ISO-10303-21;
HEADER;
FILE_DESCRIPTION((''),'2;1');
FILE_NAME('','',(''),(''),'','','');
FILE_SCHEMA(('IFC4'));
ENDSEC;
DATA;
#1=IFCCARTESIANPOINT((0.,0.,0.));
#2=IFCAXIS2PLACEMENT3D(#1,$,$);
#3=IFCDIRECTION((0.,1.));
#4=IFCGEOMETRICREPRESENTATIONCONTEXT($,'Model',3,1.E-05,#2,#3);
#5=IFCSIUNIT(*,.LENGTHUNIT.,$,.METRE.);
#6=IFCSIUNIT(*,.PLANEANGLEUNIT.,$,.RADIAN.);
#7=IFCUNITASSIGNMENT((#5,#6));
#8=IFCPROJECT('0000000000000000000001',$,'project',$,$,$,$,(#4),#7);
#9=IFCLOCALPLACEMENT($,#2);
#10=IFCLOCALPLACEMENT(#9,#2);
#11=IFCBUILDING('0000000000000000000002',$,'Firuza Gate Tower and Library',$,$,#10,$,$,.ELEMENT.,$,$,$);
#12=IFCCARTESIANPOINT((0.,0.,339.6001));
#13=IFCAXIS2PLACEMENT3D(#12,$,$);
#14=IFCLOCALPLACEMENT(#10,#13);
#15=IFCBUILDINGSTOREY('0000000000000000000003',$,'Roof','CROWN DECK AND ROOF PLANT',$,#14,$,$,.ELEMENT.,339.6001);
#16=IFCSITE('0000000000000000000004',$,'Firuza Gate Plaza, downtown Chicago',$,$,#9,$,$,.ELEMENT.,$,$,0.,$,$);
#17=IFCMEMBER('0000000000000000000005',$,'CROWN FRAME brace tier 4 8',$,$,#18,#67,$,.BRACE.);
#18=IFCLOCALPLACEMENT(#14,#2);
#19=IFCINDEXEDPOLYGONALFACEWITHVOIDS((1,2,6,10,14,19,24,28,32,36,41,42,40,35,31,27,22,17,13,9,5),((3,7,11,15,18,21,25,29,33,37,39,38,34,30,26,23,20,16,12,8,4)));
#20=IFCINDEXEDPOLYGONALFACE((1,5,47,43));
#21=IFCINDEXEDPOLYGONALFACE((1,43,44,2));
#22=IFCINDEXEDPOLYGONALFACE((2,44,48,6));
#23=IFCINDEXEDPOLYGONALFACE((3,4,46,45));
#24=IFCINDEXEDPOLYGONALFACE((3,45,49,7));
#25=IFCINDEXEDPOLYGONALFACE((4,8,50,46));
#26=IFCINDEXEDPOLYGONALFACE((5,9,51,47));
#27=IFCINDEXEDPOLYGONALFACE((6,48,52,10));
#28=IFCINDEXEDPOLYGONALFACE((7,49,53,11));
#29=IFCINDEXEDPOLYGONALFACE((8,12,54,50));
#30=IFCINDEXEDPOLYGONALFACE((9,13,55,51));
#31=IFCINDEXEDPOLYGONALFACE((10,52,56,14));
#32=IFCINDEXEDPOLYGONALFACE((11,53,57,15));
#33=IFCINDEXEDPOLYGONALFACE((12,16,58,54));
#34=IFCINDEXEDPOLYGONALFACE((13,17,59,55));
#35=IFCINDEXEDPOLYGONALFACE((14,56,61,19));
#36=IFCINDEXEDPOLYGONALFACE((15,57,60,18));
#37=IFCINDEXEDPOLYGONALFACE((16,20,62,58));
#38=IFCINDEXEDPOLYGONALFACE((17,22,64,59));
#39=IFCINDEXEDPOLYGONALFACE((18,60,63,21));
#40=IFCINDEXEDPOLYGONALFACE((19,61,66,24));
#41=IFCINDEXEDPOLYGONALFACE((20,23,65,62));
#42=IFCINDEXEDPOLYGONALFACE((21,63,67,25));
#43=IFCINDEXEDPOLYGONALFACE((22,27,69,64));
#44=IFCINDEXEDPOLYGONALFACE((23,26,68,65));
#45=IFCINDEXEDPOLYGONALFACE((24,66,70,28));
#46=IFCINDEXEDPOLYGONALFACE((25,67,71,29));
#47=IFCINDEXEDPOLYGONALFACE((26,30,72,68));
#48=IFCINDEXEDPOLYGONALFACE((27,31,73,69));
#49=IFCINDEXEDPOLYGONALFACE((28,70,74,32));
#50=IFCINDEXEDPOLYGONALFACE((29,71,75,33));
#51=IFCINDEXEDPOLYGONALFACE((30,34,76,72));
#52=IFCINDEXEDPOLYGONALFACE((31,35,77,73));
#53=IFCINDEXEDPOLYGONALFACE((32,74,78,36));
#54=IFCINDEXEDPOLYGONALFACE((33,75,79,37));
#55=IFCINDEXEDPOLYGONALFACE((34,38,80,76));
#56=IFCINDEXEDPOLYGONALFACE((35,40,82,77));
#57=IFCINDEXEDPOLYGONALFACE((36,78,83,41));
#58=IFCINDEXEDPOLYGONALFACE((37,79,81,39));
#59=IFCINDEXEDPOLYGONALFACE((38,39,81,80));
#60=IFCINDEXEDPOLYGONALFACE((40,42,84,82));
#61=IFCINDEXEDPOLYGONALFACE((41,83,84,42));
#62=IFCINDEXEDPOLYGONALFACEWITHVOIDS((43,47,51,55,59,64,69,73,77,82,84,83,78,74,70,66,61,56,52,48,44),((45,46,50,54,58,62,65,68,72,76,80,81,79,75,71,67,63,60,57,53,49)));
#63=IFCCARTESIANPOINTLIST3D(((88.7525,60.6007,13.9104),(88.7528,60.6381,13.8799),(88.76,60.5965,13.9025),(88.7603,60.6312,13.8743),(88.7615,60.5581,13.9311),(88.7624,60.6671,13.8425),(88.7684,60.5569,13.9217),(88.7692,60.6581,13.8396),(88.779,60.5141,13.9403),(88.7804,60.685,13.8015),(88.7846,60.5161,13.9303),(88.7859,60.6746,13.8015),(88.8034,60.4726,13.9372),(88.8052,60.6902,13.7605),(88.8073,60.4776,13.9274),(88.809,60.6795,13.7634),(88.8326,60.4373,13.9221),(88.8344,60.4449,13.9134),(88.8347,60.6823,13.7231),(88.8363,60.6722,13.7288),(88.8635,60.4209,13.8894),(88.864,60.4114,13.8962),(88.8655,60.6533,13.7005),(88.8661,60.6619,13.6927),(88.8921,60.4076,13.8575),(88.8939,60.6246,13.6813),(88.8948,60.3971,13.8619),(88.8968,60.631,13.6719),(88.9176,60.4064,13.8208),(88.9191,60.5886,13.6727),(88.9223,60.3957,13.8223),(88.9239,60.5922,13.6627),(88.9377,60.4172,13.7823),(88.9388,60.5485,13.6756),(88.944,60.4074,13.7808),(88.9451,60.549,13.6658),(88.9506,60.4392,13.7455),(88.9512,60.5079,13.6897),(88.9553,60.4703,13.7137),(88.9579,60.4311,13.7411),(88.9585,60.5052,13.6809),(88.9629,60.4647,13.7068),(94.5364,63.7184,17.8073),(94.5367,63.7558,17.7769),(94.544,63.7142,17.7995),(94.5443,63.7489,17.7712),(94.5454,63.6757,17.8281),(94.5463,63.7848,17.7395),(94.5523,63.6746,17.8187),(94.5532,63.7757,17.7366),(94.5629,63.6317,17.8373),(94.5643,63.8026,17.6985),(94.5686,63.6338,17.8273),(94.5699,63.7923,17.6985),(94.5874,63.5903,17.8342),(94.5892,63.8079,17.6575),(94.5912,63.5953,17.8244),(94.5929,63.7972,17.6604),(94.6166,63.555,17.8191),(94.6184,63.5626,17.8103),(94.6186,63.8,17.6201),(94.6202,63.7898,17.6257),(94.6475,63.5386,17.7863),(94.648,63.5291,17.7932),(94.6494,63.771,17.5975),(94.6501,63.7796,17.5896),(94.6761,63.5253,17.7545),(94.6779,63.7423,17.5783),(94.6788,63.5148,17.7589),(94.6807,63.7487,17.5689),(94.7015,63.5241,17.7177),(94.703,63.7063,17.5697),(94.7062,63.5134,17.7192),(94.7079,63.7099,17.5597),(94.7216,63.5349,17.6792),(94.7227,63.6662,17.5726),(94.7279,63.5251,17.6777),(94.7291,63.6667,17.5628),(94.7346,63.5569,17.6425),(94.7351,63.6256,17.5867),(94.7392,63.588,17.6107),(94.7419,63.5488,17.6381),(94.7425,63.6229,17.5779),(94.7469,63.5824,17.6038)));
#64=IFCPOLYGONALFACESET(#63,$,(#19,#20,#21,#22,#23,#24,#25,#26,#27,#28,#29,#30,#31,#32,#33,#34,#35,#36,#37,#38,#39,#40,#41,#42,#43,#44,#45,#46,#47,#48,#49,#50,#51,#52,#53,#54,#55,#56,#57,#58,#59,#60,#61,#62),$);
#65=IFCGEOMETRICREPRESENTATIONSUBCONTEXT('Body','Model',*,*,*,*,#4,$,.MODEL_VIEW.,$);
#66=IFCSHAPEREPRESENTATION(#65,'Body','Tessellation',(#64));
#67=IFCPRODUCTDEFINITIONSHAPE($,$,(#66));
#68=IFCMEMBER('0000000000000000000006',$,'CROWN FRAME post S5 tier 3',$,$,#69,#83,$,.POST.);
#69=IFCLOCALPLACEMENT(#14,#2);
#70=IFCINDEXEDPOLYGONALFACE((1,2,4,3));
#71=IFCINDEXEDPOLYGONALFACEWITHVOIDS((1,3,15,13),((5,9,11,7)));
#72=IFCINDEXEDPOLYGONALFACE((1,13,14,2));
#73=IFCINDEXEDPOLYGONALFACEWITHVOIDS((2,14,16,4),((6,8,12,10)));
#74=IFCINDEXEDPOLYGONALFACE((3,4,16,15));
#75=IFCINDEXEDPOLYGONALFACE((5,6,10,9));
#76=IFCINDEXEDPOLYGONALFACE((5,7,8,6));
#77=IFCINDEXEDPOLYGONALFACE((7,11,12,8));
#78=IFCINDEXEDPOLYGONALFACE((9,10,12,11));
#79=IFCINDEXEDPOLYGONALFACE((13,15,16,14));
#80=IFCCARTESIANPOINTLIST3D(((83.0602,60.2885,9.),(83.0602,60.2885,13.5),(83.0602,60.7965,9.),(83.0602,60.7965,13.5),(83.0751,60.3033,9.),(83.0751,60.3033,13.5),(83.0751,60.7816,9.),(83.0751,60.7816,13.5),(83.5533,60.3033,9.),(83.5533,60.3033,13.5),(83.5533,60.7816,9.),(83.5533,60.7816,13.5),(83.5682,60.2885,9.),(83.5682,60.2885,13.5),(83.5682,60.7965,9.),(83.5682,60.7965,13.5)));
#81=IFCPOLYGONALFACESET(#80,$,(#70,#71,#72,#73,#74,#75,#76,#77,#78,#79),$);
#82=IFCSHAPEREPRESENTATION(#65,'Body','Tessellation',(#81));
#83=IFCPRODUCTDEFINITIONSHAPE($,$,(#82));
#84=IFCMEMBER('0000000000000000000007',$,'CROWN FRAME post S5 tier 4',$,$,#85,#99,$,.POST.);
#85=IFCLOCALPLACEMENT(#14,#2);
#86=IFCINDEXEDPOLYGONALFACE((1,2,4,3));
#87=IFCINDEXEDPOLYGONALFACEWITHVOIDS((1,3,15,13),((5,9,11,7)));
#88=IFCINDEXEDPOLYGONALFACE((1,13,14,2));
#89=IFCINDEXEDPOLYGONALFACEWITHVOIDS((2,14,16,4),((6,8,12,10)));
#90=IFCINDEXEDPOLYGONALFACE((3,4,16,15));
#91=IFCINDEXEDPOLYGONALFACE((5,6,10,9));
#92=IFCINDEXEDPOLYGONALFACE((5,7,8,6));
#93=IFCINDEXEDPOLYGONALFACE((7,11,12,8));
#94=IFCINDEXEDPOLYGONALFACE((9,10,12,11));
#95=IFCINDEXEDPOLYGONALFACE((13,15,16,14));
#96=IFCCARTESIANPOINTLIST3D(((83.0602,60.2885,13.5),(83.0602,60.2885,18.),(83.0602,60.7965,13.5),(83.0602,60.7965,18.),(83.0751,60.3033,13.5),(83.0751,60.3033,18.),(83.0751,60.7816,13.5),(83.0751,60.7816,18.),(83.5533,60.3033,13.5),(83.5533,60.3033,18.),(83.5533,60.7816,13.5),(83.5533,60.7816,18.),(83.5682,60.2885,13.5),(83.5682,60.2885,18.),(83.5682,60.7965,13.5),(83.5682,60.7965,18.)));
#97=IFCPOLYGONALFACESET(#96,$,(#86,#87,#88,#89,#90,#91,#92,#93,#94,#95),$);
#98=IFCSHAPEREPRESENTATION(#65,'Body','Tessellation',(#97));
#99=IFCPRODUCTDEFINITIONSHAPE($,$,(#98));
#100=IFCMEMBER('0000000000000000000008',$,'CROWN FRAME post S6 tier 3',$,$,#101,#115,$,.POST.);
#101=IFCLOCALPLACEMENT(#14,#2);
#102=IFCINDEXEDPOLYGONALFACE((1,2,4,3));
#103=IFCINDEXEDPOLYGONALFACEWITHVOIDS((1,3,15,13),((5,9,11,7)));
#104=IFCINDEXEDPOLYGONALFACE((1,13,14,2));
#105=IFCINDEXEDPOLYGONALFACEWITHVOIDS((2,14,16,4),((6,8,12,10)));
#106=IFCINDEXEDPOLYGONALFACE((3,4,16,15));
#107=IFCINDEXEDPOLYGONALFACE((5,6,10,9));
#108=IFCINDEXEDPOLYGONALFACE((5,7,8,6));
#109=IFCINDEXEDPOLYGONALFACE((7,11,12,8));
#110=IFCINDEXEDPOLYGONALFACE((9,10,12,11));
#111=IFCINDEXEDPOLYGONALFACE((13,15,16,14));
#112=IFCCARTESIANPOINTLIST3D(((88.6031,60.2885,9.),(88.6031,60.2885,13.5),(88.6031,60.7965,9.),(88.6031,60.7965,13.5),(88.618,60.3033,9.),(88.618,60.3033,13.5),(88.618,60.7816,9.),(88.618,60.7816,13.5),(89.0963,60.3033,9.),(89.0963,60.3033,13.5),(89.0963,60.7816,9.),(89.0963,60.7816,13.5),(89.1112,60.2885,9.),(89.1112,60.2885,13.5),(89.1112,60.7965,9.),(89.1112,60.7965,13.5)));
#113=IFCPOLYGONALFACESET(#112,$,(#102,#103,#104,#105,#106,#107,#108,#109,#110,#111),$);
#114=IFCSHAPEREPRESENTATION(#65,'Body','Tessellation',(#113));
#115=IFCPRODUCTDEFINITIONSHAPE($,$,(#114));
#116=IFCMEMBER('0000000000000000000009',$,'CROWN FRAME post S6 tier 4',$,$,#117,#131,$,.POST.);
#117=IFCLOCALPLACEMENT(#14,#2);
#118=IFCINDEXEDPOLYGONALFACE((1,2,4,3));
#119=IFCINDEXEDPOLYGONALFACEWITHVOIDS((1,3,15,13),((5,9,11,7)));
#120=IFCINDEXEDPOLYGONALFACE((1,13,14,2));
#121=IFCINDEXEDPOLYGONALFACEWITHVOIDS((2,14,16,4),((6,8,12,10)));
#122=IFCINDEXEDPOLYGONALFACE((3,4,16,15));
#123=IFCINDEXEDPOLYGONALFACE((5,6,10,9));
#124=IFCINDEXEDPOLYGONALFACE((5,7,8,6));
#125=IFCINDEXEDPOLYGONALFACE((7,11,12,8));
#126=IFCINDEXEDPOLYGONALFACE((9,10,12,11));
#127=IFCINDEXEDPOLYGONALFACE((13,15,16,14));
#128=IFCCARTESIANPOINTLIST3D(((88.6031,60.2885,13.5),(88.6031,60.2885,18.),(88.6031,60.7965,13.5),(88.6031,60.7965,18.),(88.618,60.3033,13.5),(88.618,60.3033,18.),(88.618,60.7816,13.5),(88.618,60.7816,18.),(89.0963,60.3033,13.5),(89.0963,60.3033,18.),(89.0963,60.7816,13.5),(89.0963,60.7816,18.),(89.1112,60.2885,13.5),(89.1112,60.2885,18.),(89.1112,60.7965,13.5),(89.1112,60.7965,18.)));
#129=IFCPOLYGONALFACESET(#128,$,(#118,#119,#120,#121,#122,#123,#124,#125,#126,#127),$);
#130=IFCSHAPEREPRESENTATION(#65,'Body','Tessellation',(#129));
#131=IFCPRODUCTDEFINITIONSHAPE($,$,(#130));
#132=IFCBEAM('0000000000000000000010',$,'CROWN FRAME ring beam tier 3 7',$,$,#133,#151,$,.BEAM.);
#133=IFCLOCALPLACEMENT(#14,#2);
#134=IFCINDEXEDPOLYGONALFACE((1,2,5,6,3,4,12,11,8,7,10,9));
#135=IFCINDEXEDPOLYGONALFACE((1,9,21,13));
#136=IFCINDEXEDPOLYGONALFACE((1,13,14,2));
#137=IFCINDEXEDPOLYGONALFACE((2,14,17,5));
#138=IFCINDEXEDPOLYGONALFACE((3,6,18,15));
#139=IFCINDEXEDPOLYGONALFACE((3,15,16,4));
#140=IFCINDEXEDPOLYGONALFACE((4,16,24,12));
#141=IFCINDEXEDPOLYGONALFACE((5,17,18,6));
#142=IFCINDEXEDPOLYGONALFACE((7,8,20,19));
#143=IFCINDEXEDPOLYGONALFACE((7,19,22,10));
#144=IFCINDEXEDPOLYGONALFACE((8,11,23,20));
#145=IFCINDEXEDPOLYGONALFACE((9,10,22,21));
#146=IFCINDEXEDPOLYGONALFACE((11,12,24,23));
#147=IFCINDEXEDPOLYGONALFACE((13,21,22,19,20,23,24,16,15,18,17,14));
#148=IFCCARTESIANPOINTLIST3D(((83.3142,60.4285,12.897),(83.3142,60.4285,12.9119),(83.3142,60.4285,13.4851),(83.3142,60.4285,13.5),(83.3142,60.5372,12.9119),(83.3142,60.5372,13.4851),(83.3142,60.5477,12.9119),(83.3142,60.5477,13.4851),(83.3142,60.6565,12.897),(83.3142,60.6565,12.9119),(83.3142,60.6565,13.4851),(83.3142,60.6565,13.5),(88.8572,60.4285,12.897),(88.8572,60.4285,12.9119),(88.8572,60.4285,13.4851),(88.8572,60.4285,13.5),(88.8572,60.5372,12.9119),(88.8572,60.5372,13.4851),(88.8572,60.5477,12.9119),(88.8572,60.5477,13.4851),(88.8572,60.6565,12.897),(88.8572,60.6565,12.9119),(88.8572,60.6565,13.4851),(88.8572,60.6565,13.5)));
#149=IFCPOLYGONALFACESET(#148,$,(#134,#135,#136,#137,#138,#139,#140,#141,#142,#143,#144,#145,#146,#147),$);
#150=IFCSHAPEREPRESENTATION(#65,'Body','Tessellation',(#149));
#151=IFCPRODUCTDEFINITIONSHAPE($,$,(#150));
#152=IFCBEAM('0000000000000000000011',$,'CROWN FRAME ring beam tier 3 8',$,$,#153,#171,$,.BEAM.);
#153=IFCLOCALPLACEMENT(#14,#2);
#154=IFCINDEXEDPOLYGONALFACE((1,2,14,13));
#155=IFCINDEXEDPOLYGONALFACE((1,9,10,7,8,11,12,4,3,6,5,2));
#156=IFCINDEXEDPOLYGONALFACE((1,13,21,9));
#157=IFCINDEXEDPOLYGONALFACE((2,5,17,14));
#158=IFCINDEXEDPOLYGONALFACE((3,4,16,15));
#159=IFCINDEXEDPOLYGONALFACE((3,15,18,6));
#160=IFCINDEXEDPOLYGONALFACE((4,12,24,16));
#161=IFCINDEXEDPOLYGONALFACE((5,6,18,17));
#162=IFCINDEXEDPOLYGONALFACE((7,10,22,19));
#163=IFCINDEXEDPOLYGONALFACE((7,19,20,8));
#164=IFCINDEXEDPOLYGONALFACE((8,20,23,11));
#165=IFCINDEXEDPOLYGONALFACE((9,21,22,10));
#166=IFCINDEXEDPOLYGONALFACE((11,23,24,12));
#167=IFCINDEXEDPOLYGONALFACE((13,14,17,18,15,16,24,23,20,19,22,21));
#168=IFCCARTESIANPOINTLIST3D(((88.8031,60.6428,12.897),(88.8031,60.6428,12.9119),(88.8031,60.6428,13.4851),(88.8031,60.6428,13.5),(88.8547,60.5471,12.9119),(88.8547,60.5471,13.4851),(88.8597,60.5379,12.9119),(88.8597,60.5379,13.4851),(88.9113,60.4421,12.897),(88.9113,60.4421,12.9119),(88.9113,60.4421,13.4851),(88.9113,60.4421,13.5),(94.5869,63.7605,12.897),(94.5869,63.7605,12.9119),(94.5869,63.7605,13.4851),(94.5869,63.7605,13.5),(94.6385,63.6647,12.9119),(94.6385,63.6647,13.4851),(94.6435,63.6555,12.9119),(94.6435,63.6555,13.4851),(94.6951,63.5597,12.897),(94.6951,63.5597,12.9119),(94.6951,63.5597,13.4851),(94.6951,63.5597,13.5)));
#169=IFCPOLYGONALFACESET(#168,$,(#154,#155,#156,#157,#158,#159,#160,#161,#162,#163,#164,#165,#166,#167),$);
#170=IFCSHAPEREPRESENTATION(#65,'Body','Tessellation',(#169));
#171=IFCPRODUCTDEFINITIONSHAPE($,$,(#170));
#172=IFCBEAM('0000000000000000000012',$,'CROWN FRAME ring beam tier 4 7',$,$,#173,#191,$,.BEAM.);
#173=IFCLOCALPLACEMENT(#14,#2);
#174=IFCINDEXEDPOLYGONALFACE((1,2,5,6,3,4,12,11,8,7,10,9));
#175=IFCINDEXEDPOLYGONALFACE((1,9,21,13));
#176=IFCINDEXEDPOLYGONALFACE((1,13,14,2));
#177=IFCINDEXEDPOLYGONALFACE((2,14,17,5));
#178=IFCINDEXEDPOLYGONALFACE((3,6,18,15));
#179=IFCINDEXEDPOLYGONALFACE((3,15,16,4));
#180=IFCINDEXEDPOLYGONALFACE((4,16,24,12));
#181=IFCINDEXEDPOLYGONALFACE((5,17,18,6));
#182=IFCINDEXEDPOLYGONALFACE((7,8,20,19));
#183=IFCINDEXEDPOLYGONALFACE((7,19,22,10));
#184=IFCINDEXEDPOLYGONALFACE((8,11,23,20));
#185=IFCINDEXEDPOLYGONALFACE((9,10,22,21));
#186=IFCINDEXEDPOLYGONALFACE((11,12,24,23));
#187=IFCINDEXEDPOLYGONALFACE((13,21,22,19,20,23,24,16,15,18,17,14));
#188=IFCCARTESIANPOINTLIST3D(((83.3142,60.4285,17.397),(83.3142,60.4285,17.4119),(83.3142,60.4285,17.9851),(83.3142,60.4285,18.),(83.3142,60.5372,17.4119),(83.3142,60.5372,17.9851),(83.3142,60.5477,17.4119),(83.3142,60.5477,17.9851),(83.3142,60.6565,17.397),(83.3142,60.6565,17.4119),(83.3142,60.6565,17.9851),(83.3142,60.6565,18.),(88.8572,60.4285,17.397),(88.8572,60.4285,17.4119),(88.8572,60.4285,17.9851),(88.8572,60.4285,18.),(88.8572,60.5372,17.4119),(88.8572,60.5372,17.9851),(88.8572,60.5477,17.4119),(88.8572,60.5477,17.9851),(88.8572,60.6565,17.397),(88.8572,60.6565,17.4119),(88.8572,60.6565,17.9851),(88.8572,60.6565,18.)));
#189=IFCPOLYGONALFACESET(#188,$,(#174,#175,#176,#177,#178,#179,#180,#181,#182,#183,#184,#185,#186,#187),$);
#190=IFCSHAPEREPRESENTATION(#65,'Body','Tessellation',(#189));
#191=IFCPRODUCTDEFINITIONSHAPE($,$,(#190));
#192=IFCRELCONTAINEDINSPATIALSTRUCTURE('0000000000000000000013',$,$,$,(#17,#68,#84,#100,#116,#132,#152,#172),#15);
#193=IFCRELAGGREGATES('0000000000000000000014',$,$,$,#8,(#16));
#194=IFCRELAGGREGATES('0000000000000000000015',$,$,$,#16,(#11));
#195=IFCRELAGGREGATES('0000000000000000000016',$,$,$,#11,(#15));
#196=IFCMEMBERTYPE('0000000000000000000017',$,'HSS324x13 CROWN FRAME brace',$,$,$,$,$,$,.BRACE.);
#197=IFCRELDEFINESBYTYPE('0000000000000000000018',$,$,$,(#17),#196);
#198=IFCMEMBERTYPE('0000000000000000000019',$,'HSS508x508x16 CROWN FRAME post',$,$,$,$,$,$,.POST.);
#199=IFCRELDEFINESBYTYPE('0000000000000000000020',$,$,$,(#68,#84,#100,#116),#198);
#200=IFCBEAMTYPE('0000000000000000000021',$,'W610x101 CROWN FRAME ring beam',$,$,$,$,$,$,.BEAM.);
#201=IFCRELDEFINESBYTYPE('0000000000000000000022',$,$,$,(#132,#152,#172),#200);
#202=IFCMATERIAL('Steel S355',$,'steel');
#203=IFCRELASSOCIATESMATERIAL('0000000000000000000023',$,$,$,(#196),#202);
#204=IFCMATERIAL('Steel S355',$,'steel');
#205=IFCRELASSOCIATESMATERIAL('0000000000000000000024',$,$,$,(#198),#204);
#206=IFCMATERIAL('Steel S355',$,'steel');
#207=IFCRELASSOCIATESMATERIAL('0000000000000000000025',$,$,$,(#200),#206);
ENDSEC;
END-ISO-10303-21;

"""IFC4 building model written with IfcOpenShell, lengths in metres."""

from ifc_helpers import new_model, si_unit, direction, frame, origin, origin_2d, place, context, subcontext, project, spatial, hollow_rectangle, hollow_circle, i_section, extrude, material, material_profile, profile_set, type_object, element, save


model = new_model("IFC4")

# Units and contexts
model_context = context("Model", 3, precision=1e-05, world=origin(), true_north=direction((0.0, 1.0)))
body_context = subcontext(model_context, "Body", "Model", "MODEL_VIEW")
ifc_project = project(units=[si_unit("LENGTHUNIT", "METRE"), si_unit("PLANEANGLEUNIT", "RADIAN")], contexts=[model_context])

# Site, building, storey
site_placement = place(None, origin())
site = spatial("IfcSite", under=ifc_project, at=site_placement, Name="Firuza Gate Plaza, downtown Chicago", CompositionType="ELEMENT", RefElevation=0.0)
building_placement = place(site_placement, origin())
building = spatial("IfcBuilding", under=site, at=building_placement, Name="Firuza Gate Tower and Library", CompositionType="ELEMENT")
storey_placement = place(building_placement, frame((0.0, 0.0, 339.6001)))
storey = spatial("IfcBuildingStorey", under=building, at=storey_placement, Name="Roof", Description="CROWN DECK AND ROOF PLANT", CompositionType="ELEMENT", Elevation=339.6001)

# Members
ifc_material_1 = material(Name="Steel S355", Category="steel")
ifc_material_profile_1 = material_profile(ifc_material_1, hollow_circle(Radius=0.1619, WallThickness=0.0117, at=origin_2d()))
ifc_profile_set_1 = profile_set([ifc_material_profile_1], Name="Steel S355")
member_type_1 = type_object("IfcMemberType", Name="HSS324x13 CROWN FRAME brace", PredefinedType="BRACE", material=ifc_profile_set_1)
member_1_placement = place(storey_placement, frame((88.8572, 60.5425, 13.8015), z_axis=(0.757121, 0.408106, 0.510116), x_axis=(-0.474483, 0.880265, 0.0)))
element("IfcMember", 1, at=member_1_placement, inside=storey, type_object=member_type_1, Name="CROWN FRAME brace tier 4 8", PredefinedType="BRACE", context=body_context, shape_type="SweptSolid", body=[
    extrude(hollow_circle(Radius=0.1619, WallThickness=0.0117, at=origin_2d()), origin(), (0.0, 0.0, 1.0), 7.6394),
])
ifc_material_2 = material(Name="Steel S355", Category="steel")
ifc_material_profile_2 = material_profile(ifc_material_2, hollow_rectangle(XDim=0.5081, YDim=0.5081, WallThickness=0.0149, at=origin_2d()))
ifc_profile_set_2 = profile_set([ifc_material_profile_2], Name="Steel S355")
member_type_2 = type_object("IfcMemberType", Name="HSS508x508x16 CROWN FRAME post", PredefinedType="POST", material=ifc_profile_set_2)
for number, where, z_axis, x_axis, name in (
    (2, (83.3142, 60.5425, 9.0), (0.0, 0.0, 1.0), (1.0, 0.0, 0.0), "CROWN FRAME post S5 tier 3"),
    (3, (83.3142, 60.5425, 13.5), (0.0, 0.0, 1.0), (1.0, 0.0, 0.0), "CROWN FRAME post S5 tier 4"),
    (4, (88.8572, 60.5425, 9.0), (0.0, 0.0, 1.0), (1.0, 0.0, 0.0), "CROWN FRAME post S6 tier 3"),
    (5, (88.8572, 60.5425, 13.5), (0.0, 0.0, 1.0), (1.0, 0.0, 0.0), "CROWN FRAME post S6 tier 4"),
):
    element("IfcMember", number, at=place(storey_placement, frame(where, z_axis=z_axis, x_axis=x_axis)), inside=storey, type_object=member_type_2, Name=name, PredefinedType="POST", context=body_context, shape_type="SweptSolid", body=[
        extrude(hollow_rectangle(XDim=0.5081, YDim=0.5081, WallThickness=0.0149, at=origin_2d()), origin(), (0.0, 0.0, 1.0), 4.5),
    ])

# Beams
ifc_material_3 = material(Name="Steel S355", Category="steel")
ifc_material_profile_3 = material_profile(ifc_material_3, i_section(OverallWidth=0.228, OverallDepth=0.603, WebThickness=0.0105, FlangeThickness=0.0149, at=origin_2d()))
ifc_profile_set_3 = profile_set([ifc_material_profile_3], Name="Steel S355")
beam_type = type_object("IfcBeamType", Name="W610x101 CROWN FRAME ring beam", PredefinedType="BEAM", material=ifc_profile_set_3)
beam_1_placement = place(storey_placement, frame((83.3142, 60.5425, 13.1985), z_axis=(1.0, 0.0, 0.0), x_axis=(0.0, 1.0, 0.0)))
element("IfcBeam", 6, at=beam_1_placement, inside=storey, type_object=beam_type, Name="CROWN FRAME ring beam tier 3 7", PredefinedType="BEAM", context=body_context, shape_type="SweptSolid", body=[
    extrude(i_section(OverallWidth=0.228, OverallDepth=0.603, WebThickness=0.0105, FlangeThickness=0.0149, at=origin_2d()), origin(), (0.0, 0.0, 1.0), 5.543),
])
beam_2_placement = place(storey_placement, frame((88.8572, 60.5425, 13.1985), z_axis=(0.880265, 0.474483, 0.0), x_axis=(-0.474483, 0.880265, 0.0)))
element("IfcBeam", 7, at=beam_2_placement, inside=storey, type_object=beam_type, Name="CROWN FRAME ring beam tier 3 8", PredefinedType="BEAM", context=body_context, shape_type="SweptSolid", body=[
    extrude(i_section(OverallWidth=0.228, OverallDepth=0.603, WebThickness=0.0105, FlangeThickness=0.0149, at=origin_2d()), origin(), (0.0, 0.0, 1.0), 6.5706),
])
beam_3_placement = place(storey_placement, frame((83.3142, 60.5425, 17.6985), z_axis=(1.0, 0.0, 0.0), x_axis=(0.0, 1.0, 0.0)))
element("IfcBeam", 8, at=beam_3_placement, inside=storey, type_object=beam_type, Name="CROWN FRAME ring beam tier 4 7", PredefinedType="BEAM", context=body_context, shape_type="SweptSolid", body=[
    extrude(i_section(OverallWidth=0.228, OverallDepth=0.603, WebThickness=0.0105, FlangeThickness=0.0149, at=origin_2d()), origin(), (0.0, 0.0, 1.0), 5.543),
])

save(model, "model.ifc")
